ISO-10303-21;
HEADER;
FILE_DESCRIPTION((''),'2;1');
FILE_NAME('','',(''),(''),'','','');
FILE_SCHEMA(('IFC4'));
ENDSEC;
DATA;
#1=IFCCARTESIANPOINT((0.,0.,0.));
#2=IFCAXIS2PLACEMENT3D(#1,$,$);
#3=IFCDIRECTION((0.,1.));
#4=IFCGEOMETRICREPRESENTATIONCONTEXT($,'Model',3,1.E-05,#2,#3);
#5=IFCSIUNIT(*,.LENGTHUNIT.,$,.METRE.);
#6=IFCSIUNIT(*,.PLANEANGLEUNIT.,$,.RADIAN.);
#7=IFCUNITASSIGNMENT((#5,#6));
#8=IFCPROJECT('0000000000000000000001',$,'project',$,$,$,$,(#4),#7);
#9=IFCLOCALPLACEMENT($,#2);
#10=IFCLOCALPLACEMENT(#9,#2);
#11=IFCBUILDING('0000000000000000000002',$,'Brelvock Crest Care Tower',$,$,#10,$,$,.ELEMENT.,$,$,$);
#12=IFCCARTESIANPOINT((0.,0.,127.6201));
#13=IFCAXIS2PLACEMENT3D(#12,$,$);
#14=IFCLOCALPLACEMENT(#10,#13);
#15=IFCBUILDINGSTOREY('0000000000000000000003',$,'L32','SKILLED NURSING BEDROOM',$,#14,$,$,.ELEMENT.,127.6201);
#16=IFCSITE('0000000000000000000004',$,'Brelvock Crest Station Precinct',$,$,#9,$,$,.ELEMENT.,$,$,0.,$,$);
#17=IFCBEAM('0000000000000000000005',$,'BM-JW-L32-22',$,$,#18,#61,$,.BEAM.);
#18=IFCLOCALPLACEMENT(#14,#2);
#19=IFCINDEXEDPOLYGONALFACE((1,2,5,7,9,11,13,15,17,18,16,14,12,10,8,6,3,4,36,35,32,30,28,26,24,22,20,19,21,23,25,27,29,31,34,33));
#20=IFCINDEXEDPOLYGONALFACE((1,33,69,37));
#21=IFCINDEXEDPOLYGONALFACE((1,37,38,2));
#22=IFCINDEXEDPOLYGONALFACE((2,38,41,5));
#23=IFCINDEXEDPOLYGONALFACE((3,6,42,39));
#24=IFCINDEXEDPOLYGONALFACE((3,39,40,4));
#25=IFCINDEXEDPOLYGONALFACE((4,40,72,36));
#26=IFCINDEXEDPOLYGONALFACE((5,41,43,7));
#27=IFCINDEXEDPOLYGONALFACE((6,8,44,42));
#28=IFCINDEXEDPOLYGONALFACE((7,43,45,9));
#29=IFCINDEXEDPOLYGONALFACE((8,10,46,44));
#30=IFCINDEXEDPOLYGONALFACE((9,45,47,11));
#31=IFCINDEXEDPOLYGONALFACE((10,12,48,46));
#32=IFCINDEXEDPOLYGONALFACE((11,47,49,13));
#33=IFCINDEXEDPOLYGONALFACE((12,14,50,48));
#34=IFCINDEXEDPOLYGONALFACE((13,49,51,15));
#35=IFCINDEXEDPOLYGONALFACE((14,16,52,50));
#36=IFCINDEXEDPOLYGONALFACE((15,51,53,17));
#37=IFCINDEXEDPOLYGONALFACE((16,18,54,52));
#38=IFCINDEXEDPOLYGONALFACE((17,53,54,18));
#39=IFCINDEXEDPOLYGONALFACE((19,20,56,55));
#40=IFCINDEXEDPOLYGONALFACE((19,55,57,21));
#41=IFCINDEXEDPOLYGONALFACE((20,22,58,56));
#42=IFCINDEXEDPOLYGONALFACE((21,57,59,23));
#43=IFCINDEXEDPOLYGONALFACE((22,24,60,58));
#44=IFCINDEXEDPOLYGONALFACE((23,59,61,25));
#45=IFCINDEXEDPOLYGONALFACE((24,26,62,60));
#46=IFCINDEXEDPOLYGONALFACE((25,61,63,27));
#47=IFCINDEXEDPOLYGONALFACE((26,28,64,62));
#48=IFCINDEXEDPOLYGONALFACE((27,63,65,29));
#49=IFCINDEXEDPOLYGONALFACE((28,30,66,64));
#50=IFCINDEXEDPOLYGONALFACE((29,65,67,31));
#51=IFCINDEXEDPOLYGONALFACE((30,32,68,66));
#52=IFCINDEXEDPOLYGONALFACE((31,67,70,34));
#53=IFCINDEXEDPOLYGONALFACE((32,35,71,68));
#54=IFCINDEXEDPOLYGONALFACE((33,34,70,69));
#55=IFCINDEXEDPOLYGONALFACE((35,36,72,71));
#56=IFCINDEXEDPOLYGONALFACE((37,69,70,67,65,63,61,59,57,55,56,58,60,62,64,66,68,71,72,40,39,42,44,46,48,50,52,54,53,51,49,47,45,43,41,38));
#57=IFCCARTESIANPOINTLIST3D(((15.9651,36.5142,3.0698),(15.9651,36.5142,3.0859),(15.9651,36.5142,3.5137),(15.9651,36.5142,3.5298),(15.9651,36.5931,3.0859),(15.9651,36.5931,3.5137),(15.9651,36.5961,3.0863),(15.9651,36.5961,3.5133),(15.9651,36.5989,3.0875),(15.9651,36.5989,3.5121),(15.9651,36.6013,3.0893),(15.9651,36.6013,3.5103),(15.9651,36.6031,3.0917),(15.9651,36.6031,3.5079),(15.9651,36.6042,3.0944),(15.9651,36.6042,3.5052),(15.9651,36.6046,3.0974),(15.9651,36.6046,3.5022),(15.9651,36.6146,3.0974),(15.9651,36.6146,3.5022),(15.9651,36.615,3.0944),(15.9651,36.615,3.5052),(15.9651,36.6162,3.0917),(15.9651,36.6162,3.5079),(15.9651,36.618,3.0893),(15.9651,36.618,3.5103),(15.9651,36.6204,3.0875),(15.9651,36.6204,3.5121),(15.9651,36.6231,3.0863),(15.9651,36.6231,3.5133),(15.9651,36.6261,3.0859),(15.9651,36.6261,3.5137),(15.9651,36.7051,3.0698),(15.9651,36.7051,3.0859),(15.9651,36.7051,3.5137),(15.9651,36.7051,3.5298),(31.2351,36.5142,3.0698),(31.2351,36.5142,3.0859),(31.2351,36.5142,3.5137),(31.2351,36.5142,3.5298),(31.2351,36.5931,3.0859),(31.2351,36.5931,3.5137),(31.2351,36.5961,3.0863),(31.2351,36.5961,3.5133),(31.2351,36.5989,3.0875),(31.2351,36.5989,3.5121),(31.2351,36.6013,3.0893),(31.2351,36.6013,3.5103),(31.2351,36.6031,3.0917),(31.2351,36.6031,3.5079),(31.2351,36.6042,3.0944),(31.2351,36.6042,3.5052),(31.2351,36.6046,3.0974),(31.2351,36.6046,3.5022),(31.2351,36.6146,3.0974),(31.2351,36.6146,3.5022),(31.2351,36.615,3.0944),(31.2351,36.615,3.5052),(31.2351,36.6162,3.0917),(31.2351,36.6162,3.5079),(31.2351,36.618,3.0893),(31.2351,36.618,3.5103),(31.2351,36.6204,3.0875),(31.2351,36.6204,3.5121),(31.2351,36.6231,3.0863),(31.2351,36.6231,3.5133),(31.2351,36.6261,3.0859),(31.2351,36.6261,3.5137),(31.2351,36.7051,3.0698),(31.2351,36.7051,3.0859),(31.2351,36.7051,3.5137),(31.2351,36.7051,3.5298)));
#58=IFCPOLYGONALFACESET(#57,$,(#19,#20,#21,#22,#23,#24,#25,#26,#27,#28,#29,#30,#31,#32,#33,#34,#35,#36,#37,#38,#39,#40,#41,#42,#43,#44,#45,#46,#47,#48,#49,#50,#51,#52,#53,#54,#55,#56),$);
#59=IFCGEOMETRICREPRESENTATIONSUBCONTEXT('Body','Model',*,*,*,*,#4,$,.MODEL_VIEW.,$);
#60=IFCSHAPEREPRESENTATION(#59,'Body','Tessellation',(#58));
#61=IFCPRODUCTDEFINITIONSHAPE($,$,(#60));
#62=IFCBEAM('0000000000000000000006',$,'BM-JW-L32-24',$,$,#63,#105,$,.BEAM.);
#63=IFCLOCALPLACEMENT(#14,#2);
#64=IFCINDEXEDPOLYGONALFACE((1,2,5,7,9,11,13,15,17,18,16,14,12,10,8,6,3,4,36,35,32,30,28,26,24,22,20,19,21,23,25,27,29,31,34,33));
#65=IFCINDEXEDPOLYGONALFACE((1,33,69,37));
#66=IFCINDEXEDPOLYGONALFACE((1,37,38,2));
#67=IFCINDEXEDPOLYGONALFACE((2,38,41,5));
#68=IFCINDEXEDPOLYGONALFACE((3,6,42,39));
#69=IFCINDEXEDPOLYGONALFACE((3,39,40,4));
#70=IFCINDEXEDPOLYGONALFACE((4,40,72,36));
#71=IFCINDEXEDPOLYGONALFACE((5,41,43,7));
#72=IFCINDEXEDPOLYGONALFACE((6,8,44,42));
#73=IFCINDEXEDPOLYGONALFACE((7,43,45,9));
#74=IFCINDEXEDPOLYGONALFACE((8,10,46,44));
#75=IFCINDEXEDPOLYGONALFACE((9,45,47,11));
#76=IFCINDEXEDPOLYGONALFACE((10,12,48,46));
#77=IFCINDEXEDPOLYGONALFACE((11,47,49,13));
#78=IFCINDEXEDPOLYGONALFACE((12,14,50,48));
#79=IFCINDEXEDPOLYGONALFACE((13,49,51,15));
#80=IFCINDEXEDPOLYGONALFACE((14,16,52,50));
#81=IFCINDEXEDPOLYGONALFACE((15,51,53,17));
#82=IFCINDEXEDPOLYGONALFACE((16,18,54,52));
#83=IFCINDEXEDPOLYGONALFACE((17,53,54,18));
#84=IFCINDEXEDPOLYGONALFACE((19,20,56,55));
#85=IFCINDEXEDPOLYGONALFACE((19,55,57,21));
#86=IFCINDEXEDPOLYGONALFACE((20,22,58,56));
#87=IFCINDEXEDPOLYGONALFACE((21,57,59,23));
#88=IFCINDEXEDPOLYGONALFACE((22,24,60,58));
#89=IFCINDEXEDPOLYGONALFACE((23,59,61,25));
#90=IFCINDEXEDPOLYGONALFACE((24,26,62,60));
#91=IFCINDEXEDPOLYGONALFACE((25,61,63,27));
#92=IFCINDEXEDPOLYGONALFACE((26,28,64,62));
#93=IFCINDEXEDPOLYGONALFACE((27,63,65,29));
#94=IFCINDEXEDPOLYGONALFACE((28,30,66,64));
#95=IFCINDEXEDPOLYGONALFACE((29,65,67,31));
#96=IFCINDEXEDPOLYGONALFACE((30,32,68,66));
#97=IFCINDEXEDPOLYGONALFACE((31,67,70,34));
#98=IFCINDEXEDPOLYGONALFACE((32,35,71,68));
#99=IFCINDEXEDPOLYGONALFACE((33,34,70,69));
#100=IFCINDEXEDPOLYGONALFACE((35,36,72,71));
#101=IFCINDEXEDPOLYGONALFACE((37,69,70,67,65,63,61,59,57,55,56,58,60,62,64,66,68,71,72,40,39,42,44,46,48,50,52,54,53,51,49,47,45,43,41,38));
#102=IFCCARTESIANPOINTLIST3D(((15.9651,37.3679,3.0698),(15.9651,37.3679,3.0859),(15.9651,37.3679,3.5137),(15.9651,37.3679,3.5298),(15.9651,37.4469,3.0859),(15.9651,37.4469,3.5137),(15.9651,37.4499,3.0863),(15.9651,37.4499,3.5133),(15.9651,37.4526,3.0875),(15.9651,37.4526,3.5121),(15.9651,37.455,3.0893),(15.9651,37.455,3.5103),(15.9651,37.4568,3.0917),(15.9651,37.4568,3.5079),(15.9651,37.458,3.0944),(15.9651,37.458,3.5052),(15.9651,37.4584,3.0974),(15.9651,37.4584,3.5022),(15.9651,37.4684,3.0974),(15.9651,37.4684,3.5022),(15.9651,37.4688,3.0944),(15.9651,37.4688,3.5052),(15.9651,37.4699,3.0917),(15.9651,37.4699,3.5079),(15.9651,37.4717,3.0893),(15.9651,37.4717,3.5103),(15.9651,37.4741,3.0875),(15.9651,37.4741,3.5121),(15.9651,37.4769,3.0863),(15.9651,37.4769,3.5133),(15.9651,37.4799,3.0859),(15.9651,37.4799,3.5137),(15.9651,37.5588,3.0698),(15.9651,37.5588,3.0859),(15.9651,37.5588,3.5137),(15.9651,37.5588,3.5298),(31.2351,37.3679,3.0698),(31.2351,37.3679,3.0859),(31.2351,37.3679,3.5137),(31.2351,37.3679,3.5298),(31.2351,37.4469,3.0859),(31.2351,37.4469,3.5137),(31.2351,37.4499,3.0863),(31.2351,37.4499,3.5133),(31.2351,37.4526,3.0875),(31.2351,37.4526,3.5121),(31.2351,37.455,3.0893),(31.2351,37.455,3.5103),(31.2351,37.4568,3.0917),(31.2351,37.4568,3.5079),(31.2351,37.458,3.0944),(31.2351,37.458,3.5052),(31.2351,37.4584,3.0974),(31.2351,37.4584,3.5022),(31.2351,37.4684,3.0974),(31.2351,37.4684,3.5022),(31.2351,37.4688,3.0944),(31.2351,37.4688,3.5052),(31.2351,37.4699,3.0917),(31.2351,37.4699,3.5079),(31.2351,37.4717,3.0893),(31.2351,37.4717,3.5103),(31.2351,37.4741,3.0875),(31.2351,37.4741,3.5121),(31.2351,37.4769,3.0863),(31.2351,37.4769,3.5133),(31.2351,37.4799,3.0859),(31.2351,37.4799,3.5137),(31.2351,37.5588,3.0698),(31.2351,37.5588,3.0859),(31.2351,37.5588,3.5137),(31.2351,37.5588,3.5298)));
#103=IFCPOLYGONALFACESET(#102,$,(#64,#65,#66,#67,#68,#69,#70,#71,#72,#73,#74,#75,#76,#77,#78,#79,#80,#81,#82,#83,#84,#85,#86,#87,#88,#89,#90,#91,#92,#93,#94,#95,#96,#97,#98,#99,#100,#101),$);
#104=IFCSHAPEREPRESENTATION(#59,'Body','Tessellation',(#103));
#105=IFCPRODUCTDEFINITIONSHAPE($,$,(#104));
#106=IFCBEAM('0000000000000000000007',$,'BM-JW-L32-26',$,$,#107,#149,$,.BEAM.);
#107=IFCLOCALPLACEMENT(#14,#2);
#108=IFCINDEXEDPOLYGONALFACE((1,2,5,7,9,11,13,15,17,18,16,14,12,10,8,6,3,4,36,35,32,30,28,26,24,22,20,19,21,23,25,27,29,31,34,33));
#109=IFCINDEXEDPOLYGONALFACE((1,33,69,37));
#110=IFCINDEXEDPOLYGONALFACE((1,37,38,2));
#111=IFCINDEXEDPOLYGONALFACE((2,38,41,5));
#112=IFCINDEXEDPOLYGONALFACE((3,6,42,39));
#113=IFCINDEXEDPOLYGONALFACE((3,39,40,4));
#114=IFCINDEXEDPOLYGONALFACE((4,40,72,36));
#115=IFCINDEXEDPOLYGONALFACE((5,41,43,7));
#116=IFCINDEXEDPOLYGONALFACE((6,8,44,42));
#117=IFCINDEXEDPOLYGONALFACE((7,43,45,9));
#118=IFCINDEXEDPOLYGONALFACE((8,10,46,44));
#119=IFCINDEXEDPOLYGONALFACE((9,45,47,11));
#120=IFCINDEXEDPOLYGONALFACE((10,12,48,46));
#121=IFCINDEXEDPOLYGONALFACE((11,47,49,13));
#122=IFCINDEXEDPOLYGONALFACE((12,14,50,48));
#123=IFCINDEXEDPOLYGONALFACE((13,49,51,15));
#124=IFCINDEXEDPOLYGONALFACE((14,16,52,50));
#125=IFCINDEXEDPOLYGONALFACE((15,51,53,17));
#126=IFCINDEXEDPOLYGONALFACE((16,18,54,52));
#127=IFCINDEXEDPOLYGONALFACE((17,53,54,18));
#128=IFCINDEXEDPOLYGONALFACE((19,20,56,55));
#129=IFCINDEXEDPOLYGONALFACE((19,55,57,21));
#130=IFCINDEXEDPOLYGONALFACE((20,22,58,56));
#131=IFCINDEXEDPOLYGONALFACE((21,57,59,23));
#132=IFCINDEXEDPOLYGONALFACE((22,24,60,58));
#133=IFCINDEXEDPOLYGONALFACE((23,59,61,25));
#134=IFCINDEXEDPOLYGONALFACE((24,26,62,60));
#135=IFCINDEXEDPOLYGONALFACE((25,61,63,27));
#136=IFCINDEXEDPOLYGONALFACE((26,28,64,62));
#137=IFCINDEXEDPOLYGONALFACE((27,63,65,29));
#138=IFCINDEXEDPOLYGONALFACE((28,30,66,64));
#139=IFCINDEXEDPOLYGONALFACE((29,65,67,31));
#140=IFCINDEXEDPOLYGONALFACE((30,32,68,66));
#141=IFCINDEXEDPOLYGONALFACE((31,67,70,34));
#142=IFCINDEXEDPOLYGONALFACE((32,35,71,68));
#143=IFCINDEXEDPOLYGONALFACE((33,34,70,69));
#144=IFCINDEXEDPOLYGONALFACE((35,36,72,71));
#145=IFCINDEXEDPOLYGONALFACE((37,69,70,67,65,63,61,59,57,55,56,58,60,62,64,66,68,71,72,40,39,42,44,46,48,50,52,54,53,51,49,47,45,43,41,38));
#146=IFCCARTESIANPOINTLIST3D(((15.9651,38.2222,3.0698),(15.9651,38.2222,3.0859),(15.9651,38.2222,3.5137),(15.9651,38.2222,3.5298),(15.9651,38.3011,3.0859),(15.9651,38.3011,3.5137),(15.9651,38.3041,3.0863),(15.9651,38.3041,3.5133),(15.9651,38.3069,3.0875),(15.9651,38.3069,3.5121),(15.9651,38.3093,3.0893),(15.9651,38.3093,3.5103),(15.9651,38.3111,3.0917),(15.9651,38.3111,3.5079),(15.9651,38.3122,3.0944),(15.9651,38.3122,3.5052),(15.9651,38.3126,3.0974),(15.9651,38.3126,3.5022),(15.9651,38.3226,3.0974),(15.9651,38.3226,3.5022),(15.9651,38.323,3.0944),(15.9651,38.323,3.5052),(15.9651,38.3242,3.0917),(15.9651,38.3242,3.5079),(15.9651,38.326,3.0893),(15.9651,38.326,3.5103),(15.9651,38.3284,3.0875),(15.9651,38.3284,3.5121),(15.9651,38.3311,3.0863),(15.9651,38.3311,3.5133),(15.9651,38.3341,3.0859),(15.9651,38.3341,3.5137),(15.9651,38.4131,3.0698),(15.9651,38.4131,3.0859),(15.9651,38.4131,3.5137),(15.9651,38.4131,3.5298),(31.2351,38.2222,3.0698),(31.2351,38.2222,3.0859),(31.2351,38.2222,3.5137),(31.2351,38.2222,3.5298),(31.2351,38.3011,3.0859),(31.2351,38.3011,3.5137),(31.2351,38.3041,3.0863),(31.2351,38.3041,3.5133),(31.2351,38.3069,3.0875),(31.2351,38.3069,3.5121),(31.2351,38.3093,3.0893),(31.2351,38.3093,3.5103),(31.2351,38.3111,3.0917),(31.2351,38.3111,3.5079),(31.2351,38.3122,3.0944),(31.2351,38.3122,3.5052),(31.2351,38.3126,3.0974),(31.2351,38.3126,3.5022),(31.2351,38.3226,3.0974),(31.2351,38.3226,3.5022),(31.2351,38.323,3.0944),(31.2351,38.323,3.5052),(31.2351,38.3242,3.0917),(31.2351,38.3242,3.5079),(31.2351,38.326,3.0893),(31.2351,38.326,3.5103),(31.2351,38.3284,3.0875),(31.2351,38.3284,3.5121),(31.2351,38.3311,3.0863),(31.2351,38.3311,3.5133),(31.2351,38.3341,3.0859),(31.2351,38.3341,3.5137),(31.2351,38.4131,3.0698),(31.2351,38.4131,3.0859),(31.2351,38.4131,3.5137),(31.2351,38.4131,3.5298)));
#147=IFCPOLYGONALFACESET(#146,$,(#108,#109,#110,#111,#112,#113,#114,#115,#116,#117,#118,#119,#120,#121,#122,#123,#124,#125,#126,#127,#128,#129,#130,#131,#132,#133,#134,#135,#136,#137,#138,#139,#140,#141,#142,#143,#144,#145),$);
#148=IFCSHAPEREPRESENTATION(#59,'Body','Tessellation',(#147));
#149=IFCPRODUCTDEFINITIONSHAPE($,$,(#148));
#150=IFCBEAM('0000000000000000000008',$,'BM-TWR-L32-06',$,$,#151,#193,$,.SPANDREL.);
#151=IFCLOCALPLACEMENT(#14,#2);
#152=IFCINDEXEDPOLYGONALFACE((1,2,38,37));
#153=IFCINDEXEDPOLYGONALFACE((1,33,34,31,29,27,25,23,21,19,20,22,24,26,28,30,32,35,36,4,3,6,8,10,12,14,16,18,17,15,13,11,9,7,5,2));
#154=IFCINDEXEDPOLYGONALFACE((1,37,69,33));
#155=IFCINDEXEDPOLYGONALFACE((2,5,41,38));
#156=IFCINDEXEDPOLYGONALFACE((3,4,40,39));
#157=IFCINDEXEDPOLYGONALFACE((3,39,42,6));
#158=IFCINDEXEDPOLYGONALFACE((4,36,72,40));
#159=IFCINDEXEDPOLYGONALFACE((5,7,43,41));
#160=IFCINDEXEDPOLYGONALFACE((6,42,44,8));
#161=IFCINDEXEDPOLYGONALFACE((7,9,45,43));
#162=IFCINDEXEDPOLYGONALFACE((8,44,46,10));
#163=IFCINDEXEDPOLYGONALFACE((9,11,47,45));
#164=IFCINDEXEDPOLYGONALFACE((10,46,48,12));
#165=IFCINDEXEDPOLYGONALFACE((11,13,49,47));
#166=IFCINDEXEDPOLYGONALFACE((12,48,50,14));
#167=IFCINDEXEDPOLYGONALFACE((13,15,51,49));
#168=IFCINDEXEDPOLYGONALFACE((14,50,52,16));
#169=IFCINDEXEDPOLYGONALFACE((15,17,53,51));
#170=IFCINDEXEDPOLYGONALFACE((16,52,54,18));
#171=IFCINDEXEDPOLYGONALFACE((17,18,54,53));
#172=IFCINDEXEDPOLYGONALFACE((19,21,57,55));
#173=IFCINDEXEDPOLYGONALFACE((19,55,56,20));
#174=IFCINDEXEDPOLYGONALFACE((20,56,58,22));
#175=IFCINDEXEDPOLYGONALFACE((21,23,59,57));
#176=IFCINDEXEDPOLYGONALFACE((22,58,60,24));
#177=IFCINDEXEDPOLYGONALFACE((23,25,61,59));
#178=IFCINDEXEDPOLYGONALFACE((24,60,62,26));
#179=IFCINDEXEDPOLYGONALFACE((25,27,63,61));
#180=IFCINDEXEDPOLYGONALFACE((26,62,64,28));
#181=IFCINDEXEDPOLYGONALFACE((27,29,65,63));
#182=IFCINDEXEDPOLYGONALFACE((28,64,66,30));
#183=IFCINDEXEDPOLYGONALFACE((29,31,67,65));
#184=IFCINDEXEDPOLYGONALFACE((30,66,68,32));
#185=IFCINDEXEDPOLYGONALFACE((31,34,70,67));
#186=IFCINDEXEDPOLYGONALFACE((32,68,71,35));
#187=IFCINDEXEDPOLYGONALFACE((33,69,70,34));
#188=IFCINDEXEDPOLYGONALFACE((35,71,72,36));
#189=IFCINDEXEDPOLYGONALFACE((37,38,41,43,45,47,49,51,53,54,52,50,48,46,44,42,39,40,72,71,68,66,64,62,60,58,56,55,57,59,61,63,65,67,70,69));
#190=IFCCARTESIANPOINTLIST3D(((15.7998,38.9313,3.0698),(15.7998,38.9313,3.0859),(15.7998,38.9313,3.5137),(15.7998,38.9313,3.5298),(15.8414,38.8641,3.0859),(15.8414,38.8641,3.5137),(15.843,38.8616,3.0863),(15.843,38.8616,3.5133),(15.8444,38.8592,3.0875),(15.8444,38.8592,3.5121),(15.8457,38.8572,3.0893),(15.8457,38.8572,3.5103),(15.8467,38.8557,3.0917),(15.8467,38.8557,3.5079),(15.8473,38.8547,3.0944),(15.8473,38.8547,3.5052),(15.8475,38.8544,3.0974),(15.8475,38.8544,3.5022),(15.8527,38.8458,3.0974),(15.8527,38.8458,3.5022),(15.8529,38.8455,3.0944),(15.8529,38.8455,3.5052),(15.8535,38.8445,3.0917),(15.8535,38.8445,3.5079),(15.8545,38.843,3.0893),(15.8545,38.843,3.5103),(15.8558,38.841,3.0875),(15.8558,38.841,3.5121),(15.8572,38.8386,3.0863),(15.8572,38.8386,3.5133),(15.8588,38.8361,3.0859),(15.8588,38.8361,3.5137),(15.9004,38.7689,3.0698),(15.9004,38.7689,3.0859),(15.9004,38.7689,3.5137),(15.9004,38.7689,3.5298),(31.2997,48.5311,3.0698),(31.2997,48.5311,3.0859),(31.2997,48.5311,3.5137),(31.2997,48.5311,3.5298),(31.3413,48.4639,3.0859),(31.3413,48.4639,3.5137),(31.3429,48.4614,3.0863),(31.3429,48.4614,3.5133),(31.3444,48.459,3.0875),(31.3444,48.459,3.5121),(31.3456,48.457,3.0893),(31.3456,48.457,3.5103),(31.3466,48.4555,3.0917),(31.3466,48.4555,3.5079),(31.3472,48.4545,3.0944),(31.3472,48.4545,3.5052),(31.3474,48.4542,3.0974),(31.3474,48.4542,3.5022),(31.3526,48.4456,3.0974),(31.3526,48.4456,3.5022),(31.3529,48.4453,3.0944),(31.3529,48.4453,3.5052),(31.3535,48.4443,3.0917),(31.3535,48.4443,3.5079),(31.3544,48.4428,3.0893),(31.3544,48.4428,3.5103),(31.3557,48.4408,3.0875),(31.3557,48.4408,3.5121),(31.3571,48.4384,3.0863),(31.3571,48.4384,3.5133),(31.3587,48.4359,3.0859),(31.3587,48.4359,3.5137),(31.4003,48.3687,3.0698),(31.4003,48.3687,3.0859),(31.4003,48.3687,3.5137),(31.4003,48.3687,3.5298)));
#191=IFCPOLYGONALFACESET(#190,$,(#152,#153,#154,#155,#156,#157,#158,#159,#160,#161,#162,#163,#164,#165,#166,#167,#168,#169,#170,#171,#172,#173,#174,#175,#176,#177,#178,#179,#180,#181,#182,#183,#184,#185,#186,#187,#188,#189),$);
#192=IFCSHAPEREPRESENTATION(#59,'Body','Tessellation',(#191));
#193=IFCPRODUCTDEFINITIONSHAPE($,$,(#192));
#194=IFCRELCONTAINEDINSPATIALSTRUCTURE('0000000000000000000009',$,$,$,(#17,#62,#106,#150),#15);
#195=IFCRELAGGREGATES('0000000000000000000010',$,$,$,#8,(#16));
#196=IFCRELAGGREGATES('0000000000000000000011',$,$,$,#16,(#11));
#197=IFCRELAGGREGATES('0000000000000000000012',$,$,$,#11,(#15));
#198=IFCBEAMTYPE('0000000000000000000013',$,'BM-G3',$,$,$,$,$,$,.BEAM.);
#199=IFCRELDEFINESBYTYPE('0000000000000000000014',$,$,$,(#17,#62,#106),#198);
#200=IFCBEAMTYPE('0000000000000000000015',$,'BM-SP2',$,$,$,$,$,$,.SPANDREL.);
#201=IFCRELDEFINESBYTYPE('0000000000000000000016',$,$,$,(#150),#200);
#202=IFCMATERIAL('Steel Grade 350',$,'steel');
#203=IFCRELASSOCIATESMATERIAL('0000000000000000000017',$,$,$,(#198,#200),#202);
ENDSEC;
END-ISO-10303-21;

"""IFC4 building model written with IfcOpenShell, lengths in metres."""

from ifc_helpers import new_model, si_unit, direction, frame, origin, origin_2d, place, context, subcontext, project, spatial, i_section, extrude, source, transform, mapped, material, material_profile, profile_set, type_object, element, save


model = new_model("IFC4")

# Units and contexts
model_context = context("Model", 3, precision=1e-05, world=origin(), true_north=direction((0.0, 1.0)))
body_context = subcontext(model_context, "Body", "Model", "MODEL_VIEW")
ifc_project = project(units=[si_unit("LENGTHUNIT", "METRE"), si_unit("PLANEANGLEUNIT", "RADIAN")], contexts=[model_context])

# Site, building, storey
site_placement = place(None, origin())
site = spatial("IfcSite", under=ifc_project, at=site_placement, Name="Brelvock Crest Station Precinct", CompositionType="ELEMENT", RefElevation=0.0)
building_placement = place(site_placement, origin())
building = spatial("IfcBuilding", under=site, at=building_placement, Name="Brelvock Crest Care Tower", CompositionType="ELEMENT")
storey_placement = place(building_placement, frame((0.0, 0.0, 127.6201)))
storey = spatial("IfcBuildingStorey", under=building, at=storey_placement, Name="L32", Description="SKILLED NURSING BEDROOM", CompositionType="ELEMENT", Elevation=127.6201)

# Shared definitions
ifc_material_1 = material(Name="Steel Grade 350", Category="steel")

# Beams
ifc_material_profile_1 = material_profile(ifc_material_1, i_section(OverallWidth=0.1909, OverallDepth=0.46, WebThickness=0.01, FlangeThickness=0.0161, FilletRadius=0.0115, at=origin_2d()), Name="460UB82.1")
ifc_profile_set_1 = profile_set([ifc_material_profile_1], Name="Steel Grade 350")
beam_type_1 = type_object("IfcBeamType", Name="BM-G3", PredefinedType="BEAM", material=ifc_profile_set_1)
shared_shape_1 = source(origin(), body_context, "Body", "SweptSolid", [
    extrude(i_section(OverallWidth=0.1909, OverallDepth=0.46, WebThickness=0.01, FlangeThickness=0.0161, FilletRadius=0.0115, at=origin_2d()), origin(), (0.0, 0.0, 1.0), 15.27),
])
for number, where, z_axis, x_axis, name in (
    (1, (15.9651, 36.6096, 3.2998), (1.0, 0.0, 0.0), (0.0, 1.0, 0.0), "BM-JW-L32-22"),
    (2, (15.9651, 37.4634, 3.2998), (1.0, 0.0, 0.0), (0.0, 1.0, 0.0), "BM-JW-L32-24"),
    (3, (15.9651, 38.3176, 3.2998), (1.0, 0.0, 0.0), (0.0, 1.0, 0.0), "BM-JW-L32-26"),
):
    element("IfcBeam", number, at=place(storey_placement, frame(where, z_axis=z_axis, x_axis=x_axis)), inside=storey, type_object=beam_type_1, Name=name, PredefinedType="BEAM", context=body_context, shape_type="MappedRepresentation", body=[
        mapped(shared_shape_1, transform((0.0, 0.0, 0.0), x_axis=(1.0, 0.0, 0.0), y_axis=(0.0, 1.0, 0.0), z_axis=(0.0, 0.0, 1.0), scale=1.0)),
    ])
ifc_material_profile_2 = material_profile(ifc_material_1, i_section(OverallWidth=0.1909, OverallDepth=0.46, WebThickness=0.01, FlangeThickness=0.0161, FilletRadius=0.0115, at=origin_2d()), Name="460UB82.1")
ifc_profile_set_2 = profile_set([ifc_material_profile_2], Name="Steel Grade 350")
beam_type_2 = type_object("IfcBeamType", Name="BM-SP2", PredefinedType="SPANDREL", material=ifc_profile_set_2)
shared_shape_2 = source(origin(), body_context, "Body", "SweptSolid", [
    extrude(i_section(OverallWidth=0.1909, OverallDepth=0.46, WebThickness=0.01, FlangeThickness=0.0161, FilletRadius=0.0115, at=origin_2d()), origin(), (0.0, 0.0, 1.0), 18.2319),
])
beam_1_placement = place(storey_placement, frame((15.8501, 38.8501, 3.2998), z_axis=(0.850152, 0.526538, 0.0), x_axis=(-0.526538, 0.850152, 0.0)))
element("IfcBeam", 4, at=beam_1_placement, inside=storey, type_object=beam_type_2, Name="BM-TWR-L32-06", PredefinedType="SPANDREL", context=body_context, shape_type="MappedRepresentation", body=[
    mapped(shared_shape_2, transform((0.0, 0.0, 0.0), x_axis=(1.0, 0.0, 0.0), y_axis=(0.0, 1.0, 0.0), z_axis=(0.0, 0.0, 1.0), scale=1.0)),
])

save(model, "model.ifc")
